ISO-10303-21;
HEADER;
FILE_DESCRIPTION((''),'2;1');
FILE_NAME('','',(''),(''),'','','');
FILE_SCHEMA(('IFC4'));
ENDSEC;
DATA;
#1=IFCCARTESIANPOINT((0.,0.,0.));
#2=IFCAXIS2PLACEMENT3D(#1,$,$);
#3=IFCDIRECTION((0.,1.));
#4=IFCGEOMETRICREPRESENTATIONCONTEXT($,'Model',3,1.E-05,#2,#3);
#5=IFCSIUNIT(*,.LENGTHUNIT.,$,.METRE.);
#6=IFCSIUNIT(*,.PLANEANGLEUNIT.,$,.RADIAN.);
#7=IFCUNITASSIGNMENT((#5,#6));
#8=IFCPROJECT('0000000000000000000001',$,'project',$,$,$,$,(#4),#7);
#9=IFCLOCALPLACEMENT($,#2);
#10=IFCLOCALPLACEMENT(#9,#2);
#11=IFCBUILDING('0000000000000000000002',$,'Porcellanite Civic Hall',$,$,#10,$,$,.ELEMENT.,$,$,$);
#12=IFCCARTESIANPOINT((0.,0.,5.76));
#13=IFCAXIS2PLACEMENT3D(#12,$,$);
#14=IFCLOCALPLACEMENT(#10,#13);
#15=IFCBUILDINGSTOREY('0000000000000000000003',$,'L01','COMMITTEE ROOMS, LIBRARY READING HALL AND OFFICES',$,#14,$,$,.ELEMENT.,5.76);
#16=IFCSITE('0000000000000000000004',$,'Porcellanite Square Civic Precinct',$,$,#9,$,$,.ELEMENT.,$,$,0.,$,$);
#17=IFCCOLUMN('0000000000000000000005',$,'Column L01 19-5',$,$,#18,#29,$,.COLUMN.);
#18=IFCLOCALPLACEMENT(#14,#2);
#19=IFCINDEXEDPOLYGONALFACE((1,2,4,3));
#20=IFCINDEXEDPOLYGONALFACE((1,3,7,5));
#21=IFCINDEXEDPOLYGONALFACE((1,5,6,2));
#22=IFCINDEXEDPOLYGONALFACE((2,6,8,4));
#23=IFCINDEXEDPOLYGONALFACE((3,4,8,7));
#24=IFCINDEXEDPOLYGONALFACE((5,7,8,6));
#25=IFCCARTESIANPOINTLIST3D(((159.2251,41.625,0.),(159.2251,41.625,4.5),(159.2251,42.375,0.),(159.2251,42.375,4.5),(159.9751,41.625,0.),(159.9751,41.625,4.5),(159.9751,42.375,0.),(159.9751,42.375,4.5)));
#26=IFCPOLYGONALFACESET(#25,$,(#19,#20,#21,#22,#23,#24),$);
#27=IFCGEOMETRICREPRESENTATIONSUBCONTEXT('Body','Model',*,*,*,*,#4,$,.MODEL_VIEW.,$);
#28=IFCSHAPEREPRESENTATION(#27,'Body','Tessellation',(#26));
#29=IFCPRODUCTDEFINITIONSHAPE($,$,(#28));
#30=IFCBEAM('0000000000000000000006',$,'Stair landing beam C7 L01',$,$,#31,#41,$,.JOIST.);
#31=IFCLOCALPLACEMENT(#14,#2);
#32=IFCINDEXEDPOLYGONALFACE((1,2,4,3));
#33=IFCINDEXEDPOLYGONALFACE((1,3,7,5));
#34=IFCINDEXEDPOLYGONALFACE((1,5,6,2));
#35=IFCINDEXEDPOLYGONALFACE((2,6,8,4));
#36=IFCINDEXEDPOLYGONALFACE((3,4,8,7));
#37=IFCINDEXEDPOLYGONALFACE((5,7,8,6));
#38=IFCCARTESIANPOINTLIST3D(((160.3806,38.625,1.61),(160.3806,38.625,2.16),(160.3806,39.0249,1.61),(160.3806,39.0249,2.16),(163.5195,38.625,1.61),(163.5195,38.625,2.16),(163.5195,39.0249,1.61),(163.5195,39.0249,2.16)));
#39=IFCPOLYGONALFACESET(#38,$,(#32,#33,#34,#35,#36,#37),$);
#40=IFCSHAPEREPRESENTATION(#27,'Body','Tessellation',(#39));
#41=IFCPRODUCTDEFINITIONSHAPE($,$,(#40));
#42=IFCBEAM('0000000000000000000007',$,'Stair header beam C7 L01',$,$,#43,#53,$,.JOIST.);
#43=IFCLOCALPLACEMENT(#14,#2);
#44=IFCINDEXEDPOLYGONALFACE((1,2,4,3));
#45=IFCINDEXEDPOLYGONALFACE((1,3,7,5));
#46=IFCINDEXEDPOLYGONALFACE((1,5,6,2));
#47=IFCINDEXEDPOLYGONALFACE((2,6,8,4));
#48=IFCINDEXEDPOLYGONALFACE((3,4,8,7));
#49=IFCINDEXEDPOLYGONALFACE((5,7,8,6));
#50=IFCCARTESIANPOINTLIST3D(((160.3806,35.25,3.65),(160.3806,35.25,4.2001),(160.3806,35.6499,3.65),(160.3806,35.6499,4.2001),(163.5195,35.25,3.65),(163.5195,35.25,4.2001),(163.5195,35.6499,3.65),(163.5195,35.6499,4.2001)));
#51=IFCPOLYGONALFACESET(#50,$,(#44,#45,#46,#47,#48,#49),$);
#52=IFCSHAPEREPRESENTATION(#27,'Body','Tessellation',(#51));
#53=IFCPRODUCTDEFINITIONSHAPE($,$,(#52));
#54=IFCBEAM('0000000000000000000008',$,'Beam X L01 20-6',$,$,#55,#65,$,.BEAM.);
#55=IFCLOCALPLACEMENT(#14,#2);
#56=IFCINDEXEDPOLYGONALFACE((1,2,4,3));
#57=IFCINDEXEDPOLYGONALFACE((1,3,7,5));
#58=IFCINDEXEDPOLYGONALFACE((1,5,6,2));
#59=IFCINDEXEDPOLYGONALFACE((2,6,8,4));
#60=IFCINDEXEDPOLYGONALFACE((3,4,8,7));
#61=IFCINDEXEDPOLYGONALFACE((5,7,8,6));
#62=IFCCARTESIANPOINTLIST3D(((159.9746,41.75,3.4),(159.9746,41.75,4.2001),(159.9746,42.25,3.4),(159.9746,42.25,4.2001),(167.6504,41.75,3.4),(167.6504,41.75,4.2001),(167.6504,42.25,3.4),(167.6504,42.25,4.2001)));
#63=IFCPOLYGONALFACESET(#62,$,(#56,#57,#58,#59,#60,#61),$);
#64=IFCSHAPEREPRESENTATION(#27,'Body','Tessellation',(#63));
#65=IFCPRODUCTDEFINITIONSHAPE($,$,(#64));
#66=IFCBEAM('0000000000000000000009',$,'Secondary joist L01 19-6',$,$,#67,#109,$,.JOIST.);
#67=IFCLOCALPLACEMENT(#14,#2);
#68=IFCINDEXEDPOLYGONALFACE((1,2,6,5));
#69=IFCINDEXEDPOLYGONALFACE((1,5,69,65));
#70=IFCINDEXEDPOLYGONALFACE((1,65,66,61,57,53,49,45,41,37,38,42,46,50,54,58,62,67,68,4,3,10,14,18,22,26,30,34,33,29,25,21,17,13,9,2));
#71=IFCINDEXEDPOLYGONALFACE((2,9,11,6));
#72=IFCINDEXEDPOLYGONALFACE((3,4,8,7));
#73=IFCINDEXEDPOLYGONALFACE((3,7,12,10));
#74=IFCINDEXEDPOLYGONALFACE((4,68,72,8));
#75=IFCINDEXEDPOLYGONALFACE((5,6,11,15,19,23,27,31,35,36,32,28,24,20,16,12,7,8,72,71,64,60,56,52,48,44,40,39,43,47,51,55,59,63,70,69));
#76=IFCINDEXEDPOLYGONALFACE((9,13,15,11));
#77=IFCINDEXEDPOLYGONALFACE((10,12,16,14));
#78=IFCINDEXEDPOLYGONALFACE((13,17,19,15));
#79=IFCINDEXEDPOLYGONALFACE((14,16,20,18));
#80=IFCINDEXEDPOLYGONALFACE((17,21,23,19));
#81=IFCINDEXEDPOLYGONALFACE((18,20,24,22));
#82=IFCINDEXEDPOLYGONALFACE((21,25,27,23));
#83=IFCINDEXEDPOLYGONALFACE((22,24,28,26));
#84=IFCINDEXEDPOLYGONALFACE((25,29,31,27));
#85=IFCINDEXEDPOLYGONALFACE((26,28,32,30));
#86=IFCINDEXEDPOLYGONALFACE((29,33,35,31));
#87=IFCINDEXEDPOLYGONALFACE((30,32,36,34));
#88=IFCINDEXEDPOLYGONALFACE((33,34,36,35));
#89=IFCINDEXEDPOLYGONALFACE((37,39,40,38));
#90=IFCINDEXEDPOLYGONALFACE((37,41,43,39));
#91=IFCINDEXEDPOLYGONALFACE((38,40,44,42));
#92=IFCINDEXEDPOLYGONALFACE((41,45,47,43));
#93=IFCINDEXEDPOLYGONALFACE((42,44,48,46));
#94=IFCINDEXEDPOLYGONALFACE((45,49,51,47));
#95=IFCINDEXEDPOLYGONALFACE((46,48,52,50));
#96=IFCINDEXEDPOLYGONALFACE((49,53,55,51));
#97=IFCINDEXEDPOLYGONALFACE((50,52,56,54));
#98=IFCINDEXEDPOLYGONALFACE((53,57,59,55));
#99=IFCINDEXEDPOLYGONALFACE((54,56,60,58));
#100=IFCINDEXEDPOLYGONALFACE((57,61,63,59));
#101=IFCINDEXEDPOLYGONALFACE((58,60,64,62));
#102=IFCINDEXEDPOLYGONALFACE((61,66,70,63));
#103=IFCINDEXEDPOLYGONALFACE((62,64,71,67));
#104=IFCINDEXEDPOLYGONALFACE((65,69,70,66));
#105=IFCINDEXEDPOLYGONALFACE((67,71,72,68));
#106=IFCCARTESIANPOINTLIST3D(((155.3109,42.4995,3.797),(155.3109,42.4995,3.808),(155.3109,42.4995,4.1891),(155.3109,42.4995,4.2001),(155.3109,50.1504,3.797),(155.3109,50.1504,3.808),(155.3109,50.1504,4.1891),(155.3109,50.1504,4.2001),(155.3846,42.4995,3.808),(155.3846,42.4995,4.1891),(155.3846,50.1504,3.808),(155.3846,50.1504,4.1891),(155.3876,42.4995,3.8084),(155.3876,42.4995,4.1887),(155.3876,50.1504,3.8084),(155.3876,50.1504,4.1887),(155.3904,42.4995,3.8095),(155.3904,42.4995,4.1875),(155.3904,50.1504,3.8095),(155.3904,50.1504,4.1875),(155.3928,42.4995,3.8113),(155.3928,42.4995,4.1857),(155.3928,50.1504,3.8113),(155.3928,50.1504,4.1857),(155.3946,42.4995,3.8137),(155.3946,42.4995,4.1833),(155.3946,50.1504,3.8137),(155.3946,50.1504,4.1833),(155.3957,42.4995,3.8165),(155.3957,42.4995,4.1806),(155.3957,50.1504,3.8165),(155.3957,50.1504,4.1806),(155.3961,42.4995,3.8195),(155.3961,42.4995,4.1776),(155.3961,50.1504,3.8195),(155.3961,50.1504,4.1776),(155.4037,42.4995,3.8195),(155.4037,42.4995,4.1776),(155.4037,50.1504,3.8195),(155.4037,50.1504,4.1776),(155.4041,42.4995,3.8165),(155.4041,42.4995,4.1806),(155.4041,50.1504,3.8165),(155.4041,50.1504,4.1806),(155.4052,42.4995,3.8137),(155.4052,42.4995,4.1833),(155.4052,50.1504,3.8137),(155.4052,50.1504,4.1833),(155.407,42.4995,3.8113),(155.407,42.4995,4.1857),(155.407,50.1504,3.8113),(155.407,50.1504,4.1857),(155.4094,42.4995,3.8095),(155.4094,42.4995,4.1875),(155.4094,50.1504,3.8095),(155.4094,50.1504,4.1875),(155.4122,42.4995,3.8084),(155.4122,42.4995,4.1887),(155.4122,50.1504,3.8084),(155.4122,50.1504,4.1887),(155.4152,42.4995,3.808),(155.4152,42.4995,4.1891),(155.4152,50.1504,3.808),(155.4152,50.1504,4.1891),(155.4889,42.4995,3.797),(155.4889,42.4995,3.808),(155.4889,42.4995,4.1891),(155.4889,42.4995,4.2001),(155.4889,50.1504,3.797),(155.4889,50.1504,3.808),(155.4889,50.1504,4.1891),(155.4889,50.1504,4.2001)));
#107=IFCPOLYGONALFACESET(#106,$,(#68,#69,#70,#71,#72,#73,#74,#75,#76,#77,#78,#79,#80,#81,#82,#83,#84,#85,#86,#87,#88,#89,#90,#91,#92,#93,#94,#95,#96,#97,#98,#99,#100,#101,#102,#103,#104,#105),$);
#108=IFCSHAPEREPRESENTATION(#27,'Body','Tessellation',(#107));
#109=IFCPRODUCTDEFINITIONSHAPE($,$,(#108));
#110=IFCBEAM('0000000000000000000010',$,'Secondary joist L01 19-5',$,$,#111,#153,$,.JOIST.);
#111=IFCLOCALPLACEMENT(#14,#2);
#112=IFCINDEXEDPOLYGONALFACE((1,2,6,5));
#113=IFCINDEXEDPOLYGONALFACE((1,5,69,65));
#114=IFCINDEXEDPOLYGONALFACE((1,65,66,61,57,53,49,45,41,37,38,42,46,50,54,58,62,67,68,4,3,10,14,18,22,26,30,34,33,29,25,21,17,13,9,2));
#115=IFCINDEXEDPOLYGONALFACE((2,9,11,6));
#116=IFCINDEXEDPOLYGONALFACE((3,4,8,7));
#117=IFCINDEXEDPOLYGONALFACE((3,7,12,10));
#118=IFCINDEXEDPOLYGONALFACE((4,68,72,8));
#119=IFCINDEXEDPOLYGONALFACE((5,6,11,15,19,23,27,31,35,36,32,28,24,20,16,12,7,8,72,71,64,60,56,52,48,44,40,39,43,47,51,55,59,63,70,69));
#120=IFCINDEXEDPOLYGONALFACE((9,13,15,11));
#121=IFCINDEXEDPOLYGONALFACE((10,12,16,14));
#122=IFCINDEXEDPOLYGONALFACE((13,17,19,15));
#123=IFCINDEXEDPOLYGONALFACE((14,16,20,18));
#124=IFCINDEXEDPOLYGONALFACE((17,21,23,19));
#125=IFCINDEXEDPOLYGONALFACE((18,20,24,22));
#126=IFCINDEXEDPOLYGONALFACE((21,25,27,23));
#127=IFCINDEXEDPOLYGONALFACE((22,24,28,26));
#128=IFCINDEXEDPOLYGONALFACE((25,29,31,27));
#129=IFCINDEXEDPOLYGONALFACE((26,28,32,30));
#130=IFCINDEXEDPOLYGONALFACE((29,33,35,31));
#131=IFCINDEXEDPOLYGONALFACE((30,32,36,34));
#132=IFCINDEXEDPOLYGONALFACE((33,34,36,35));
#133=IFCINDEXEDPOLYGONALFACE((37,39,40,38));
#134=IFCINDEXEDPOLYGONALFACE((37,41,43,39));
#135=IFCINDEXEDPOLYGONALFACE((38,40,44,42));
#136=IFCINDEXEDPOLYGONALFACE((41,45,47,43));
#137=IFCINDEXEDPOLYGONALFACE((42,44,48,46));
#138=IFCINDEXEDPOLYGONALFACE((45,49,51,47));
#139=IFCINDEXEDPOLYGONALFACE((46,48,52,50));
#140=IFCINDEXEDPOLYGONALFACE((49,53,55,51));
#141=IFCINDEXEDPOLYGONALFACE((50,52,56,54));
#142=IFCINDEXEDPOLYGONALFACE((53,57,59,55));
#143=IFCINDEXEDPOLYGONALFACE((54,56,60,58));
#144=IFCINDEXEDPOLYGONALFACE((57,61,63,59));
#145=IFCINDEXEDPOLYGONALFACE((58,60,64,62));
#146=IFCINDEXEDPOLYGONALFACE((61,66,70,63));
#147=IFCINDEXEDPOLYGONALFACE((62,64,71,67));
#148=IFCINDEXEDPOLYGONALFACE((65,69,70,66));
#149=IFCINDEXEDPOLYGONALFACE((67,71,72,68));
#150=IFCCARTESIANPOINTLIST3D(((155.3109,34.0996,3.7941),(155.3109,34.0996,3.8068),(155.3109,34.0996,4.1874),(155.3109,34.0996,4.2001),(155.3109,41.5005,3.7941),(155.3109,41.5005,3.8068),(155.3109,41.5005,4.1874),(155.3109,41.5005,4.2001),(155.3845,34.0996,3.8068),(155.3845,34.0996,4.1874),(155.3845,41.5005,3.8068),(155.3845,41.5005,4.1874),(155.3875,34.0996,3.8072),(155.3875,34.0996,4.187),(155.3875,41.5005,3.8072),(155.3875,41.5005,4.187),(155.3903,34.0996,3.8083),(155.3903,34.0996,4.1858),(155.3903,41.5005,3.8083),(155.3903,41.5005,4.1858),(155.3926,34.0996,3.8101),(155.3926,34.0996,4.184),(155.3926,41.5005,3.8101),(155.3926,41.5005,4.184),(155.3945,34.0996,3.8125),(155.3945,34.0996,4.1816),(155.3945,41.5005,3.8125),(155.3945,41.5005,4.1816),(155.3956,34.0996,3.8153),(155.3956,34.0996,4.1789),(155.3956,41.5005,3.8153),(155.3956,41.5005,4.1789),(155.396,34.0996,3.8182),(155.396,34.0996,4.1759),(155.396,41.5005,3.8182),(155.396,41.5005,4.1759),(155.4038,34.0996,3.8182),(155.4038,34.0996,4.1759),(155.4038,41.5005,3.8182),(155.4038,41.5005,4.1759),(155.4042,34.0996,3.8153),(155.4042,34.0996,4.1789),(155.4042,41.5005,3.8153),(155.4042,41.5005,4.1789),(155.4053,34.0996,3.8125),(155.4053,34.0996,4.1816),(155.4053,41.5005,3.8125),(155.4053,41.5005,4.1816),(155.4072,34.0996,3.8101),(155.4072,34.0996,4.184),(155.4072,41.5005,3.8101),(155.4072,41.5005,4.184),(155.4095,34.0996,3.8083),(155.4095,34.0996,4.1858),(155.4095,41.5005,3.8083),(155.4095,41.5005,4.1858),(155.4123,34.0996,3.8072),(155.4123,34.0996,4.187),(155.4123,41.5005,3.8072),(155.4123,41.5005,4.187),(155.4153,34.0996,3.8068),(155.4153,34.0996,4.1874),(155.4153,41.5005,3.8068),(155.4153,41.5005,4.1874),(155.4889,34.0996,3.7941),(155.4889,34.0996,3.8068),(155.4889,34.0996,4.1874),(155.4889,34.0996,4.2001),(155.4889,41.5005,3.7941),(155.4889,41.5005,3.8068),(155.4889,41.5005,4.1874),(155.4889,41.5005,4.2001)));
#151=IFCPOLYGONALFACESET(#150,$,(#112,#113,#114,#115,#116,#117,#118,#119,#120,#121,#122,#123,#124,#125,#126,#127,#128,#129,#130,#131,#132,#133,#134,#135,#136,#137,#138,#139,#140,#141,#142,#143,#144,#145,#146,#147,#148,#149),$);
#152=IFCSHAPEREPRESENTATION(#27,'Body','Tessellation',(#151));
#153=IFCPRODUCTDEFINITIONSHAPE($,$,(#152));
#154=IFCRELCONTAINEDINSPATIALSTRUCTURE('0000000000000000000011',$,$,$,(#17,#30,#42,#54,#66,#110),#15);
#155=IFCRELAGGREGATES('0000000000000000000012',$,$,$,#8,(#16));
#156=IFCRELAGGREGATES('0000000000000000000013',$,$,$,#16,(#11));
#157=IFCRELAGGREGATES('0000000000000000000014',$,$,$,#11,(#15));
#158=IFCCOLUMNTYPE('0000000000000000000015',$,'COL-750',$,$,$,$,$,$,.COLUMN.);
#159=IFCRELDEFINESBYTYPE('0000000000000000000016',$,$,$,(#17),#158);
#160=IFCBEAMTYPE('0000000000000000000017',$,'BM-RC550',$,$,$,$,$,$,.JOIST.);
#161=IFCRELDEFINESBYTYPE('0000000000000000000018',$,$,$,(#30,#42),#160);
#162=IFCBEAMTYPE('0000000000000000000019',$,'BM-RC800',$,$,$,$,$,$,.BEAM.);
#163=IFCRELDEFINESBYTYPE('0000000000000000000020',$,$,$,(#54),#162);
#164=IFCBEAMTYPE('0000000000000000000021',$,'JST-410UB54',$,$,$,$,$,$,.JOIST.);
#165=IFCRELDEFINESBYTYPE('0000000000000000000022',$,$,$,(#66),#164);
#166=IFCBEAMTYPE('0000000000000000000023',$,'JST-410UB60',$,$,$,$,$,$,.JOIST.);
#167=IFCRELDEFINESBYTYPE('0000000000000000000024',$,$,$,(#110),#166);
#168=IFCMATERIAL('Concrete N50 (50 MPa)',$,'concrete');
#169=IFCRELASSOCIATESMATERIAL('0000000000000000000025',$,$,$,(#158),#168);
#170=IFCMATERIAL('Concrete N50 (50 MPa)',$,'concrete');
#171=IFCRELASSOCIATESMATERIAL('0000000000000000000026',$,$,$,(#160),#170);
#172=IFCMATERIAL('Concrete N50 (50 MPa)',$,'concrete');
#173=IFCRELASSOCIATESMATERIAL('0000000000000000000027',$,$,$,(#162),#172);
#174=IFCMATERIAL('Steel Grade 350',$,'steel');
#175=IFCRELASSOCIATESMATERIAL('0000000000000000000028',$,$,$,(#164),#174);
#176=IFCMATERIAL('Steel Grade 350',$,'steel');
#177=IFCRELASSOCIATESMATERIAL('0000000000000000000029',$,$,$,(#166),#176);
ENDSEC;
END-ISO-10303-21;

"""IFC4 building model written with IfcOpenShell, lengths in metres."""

from ifc_helpers import new_model, si_unit, direction, frame, origin, origin_2d, place, context, subcontext, project, spatial, rectangle, i_section, extrude, material, material_profile, profile_set, type_object, element, save


model = new_model("IFC4")

# Units and contexts
model_context = context("Model", 3, precision=1e-05, world=origin(), true_north=direction((0.0, 1.0)))
body_context = subcontext(model_context, "Body", "Model", "MODEL_VIEW")
ifc_project = project(units=[si_unit("LENGTHUNIT", "METRE"), si_unit("PLANEANGLEUNIT", "RADIAN")], contexts=[model_context])

# Site, building, storey
site_placement = place(None, origin())
site = spatial("IfcSite", under=ifc_project, at=site_placement, Name="Porcellanite Square Civic Precinct", CompositionType="ELEMENT", RefElevation=0.0)
building_placement = place(site_placement, origin())
building = spatial("IfcBuilding", under=site, at=building_placement, Name="Porcellanite Civic Hall", CompositionType="ELEMENT")
storey_placement = place(building_placement, frame((0.0, 0.0, 5.76)))
storey = spatial("IfcBuildingStorey", under=building, at=storey_placement, Name="L01", Description="COMMITTEE ROOMS, LIBRARY READING HALL AND OFFICES", CompositionType="ELEMENT", Elevation=5.76)

# Column
ifc_material_1 = material(Name="Concrete N50 (50 MPa)", Category="concrete")
ifc_material_profile_1 = material_profile(ifc_material_1, rectangle(XDim=0.75, YDim=0.75, at=origin_2d()), Name="RC-750x750")
ifc_profile_set_1 = profile_set([ifc_material_profile_1], Name="Concrete N50 (50 MPa)")
column_type = type_object("IfcColumnType", Name="COL-750", PredefinedType="COLUMN", material=ifc_profile_set_1)
column_placement = place(storey_placement, frame((159.6001, 42.0, 0.0), z_axis=(0.0, 0.0, 1.0), x_axis=(1.0, 0.0, 0.0)))
element("IfcColumn", 1, at=column_placement, inside=storey, type_object=column_type, Name="Column L01 19-5", PredefinedType="COLUMN", context=body_context, shape_type="SweptSolid", body=[
    extrude(rectangle(XDim=0.75, YDim=0.75, at=origin_2d()), origin(), (0.0, 0.0, 1.0), 4.5),
])

# Beams
ifc_material_2 = material(Name="Concrete N50 (50 MPa)", Category="concrete")
ifc_material_profile_2 = material_profile(ifc_material_2, rectangle(XDim=0.3999, YDim=0.55, at=origin_2d()), Name="RC-400x550")
ifc_profile_set_2 = profile_set([ifc_material_profile_2], Name="Concrete N50 (50 MPa)")
beam_type_1 = type_object("IfcBeamType", Name="BM-RC550", PredefinedType="JOIST", material=ifc_profile_set_2)
for number, where, z_axis, x_axis, name in (
    (2, (160.3806, 38.825, 1.885), (1.0, 0.0, 0.0), (0.0, 1.0, 0.0), "Stair landing beam C7 L01"),
    (3, (160.3806, 35.45, 3.925), (1.0, 0.0, 0.0), (0.0, 1.0, 0.0), "Stair header beam C7 L01"),
):
    element("IfcBeam", number, at=place(storey_placement, frame(where, z_axis=z_axis, x_axis=x_axis)), inside=storey, type_object=beam_type_1, Name=name, PredefinedType="JOIST", context=body_context, shape_type="SweptSolid", body=[
        extrude(rectangle(XDim=0.3999, YDim=0.55, at=origin_2d()), origin(), (0.0, 0.0, 1.0), 3.1389),
    ])
ifc_material_3 = material(Name="Concrete N50 (50 MPa)", Category="concrete")
ifc_material_profile_3 = material_profile(ifc_material_3, rectangle(XDim=0.5, YDim=0.8, at=origin_2d()), Name="RC-500x800")
ifc_profile_set_3 = profile_set([ifc_material_profile_3], Name="Concrete N50 (50 MPa)")
beam_type_2 = type_object("IfcBeamType", Name="BM-RC800", PredefinedType="BEAM", material=ifc_profile_set_3)
beam_1_placement = place(storey_placement, frame((159.9746, 42.0, 3.8), z_axis=(1.0, 0.0, 0.0), x_axis=(0.0, 1.0, 0.0)))
element("IfcBeam", 4, at=beam_1_placement, inside=storey, type_object=beam_type_2, Name="Beam X L01 20-6", PredefinedType="BEAM", context=body_context, shape_type="SweptSolid", body=[
    extrude(rectangle(XDim=0.5, YDim=0.8, at=origin_2d()), origin(), (0.0, 0.0, 1.0), 7.6758),
])
ifc_material_4 = material(Name="Steel Grade 350", Category="steel")
ifc_material_profile_4 = material_profile(ifc_material_4, i_section(OverallWidth=0.178, OverallDepth=0.4031, WebThickness=0.0076, FlangeThickness=0.011, FilletRadius=0.0115, at=origin_2d()), Name="410UB53.7")
ifc_profile_set_4 = profile_set([ifc_material_profile_4], Name="Steel Grade 350")
beam_type_3 = type_object("IfcBeamType", Name="JST-410UB54", PredefinedType="JOIST", material=ifc_profile_set_4)
beam_2_placement = place(storey_placement, frame((155.3999, 42.4995, 3.9985), z_axis=(0.0, 1.0, 0.0), x_axis=(-1.0, 0.0, 0.0)))
element("IfcBeam", 5, at=beam_2_placement, inside=storey, type_object=beam_type_3, Name="Secondary joist L01 19-6", PredefinedType="JOIST", context=body_context, shape_type="SweptSolid", body=[
    extrude(i_section(OverallWidth=0.178, OverallDepth=0.4031, WebThickness=0.0076, FlangeThickness=0.011, FilletRadius=0.0115, at=origin_2d()), origin(), (0.0, 0.0, 1.0), 7.6509),
])
ifc_material_5 = material(Name="Steel Grade 350", Category="steel")
ifc_material_profile_5 = material_profile(ifc_material_5, i_section(OverallWidth=0.178, OverallDepth=0.406, WebThickness=0.0078, FlangeThickness=0.0127, FilletRadius=0.0115, at=origin_2d()), Name="410UB59.7")
ifc_profile_set_5 = profile_set([ifc_material_profile_5], Name="Steel Grade 350")
beam_type_4 = type_object("IfcBeamType", Name="JST-410UB60", PredefinedType="JOIST", material=ifc_profile_set_5)
beam_3_placement = place(storey_placement, frame((155.3999, 34.0996, 3.9971), z_axis=(0.0, 1.0, 0.0), x_axis=(-1.0, 0.0, 0.0)))
element("IfcBeam", 6, at=beam_3_placement, inside=storey, type_object=beam_type_4, Name="Secondary joist L01 19-5", PredefinedType="JOIST", context=body_context, shape_type="SweptSolid", body=[
    extrude(i_section(OverallWidth=0.178, OverallDepth=0.406, WebThickness=0.0078, FlangeThickness=0.0127, FilletRadius=0.0115, at=origin_2d()), origin(), (0.0, 0.0, 1.0), 7.4009),
])

save(model, "model.ifc")
